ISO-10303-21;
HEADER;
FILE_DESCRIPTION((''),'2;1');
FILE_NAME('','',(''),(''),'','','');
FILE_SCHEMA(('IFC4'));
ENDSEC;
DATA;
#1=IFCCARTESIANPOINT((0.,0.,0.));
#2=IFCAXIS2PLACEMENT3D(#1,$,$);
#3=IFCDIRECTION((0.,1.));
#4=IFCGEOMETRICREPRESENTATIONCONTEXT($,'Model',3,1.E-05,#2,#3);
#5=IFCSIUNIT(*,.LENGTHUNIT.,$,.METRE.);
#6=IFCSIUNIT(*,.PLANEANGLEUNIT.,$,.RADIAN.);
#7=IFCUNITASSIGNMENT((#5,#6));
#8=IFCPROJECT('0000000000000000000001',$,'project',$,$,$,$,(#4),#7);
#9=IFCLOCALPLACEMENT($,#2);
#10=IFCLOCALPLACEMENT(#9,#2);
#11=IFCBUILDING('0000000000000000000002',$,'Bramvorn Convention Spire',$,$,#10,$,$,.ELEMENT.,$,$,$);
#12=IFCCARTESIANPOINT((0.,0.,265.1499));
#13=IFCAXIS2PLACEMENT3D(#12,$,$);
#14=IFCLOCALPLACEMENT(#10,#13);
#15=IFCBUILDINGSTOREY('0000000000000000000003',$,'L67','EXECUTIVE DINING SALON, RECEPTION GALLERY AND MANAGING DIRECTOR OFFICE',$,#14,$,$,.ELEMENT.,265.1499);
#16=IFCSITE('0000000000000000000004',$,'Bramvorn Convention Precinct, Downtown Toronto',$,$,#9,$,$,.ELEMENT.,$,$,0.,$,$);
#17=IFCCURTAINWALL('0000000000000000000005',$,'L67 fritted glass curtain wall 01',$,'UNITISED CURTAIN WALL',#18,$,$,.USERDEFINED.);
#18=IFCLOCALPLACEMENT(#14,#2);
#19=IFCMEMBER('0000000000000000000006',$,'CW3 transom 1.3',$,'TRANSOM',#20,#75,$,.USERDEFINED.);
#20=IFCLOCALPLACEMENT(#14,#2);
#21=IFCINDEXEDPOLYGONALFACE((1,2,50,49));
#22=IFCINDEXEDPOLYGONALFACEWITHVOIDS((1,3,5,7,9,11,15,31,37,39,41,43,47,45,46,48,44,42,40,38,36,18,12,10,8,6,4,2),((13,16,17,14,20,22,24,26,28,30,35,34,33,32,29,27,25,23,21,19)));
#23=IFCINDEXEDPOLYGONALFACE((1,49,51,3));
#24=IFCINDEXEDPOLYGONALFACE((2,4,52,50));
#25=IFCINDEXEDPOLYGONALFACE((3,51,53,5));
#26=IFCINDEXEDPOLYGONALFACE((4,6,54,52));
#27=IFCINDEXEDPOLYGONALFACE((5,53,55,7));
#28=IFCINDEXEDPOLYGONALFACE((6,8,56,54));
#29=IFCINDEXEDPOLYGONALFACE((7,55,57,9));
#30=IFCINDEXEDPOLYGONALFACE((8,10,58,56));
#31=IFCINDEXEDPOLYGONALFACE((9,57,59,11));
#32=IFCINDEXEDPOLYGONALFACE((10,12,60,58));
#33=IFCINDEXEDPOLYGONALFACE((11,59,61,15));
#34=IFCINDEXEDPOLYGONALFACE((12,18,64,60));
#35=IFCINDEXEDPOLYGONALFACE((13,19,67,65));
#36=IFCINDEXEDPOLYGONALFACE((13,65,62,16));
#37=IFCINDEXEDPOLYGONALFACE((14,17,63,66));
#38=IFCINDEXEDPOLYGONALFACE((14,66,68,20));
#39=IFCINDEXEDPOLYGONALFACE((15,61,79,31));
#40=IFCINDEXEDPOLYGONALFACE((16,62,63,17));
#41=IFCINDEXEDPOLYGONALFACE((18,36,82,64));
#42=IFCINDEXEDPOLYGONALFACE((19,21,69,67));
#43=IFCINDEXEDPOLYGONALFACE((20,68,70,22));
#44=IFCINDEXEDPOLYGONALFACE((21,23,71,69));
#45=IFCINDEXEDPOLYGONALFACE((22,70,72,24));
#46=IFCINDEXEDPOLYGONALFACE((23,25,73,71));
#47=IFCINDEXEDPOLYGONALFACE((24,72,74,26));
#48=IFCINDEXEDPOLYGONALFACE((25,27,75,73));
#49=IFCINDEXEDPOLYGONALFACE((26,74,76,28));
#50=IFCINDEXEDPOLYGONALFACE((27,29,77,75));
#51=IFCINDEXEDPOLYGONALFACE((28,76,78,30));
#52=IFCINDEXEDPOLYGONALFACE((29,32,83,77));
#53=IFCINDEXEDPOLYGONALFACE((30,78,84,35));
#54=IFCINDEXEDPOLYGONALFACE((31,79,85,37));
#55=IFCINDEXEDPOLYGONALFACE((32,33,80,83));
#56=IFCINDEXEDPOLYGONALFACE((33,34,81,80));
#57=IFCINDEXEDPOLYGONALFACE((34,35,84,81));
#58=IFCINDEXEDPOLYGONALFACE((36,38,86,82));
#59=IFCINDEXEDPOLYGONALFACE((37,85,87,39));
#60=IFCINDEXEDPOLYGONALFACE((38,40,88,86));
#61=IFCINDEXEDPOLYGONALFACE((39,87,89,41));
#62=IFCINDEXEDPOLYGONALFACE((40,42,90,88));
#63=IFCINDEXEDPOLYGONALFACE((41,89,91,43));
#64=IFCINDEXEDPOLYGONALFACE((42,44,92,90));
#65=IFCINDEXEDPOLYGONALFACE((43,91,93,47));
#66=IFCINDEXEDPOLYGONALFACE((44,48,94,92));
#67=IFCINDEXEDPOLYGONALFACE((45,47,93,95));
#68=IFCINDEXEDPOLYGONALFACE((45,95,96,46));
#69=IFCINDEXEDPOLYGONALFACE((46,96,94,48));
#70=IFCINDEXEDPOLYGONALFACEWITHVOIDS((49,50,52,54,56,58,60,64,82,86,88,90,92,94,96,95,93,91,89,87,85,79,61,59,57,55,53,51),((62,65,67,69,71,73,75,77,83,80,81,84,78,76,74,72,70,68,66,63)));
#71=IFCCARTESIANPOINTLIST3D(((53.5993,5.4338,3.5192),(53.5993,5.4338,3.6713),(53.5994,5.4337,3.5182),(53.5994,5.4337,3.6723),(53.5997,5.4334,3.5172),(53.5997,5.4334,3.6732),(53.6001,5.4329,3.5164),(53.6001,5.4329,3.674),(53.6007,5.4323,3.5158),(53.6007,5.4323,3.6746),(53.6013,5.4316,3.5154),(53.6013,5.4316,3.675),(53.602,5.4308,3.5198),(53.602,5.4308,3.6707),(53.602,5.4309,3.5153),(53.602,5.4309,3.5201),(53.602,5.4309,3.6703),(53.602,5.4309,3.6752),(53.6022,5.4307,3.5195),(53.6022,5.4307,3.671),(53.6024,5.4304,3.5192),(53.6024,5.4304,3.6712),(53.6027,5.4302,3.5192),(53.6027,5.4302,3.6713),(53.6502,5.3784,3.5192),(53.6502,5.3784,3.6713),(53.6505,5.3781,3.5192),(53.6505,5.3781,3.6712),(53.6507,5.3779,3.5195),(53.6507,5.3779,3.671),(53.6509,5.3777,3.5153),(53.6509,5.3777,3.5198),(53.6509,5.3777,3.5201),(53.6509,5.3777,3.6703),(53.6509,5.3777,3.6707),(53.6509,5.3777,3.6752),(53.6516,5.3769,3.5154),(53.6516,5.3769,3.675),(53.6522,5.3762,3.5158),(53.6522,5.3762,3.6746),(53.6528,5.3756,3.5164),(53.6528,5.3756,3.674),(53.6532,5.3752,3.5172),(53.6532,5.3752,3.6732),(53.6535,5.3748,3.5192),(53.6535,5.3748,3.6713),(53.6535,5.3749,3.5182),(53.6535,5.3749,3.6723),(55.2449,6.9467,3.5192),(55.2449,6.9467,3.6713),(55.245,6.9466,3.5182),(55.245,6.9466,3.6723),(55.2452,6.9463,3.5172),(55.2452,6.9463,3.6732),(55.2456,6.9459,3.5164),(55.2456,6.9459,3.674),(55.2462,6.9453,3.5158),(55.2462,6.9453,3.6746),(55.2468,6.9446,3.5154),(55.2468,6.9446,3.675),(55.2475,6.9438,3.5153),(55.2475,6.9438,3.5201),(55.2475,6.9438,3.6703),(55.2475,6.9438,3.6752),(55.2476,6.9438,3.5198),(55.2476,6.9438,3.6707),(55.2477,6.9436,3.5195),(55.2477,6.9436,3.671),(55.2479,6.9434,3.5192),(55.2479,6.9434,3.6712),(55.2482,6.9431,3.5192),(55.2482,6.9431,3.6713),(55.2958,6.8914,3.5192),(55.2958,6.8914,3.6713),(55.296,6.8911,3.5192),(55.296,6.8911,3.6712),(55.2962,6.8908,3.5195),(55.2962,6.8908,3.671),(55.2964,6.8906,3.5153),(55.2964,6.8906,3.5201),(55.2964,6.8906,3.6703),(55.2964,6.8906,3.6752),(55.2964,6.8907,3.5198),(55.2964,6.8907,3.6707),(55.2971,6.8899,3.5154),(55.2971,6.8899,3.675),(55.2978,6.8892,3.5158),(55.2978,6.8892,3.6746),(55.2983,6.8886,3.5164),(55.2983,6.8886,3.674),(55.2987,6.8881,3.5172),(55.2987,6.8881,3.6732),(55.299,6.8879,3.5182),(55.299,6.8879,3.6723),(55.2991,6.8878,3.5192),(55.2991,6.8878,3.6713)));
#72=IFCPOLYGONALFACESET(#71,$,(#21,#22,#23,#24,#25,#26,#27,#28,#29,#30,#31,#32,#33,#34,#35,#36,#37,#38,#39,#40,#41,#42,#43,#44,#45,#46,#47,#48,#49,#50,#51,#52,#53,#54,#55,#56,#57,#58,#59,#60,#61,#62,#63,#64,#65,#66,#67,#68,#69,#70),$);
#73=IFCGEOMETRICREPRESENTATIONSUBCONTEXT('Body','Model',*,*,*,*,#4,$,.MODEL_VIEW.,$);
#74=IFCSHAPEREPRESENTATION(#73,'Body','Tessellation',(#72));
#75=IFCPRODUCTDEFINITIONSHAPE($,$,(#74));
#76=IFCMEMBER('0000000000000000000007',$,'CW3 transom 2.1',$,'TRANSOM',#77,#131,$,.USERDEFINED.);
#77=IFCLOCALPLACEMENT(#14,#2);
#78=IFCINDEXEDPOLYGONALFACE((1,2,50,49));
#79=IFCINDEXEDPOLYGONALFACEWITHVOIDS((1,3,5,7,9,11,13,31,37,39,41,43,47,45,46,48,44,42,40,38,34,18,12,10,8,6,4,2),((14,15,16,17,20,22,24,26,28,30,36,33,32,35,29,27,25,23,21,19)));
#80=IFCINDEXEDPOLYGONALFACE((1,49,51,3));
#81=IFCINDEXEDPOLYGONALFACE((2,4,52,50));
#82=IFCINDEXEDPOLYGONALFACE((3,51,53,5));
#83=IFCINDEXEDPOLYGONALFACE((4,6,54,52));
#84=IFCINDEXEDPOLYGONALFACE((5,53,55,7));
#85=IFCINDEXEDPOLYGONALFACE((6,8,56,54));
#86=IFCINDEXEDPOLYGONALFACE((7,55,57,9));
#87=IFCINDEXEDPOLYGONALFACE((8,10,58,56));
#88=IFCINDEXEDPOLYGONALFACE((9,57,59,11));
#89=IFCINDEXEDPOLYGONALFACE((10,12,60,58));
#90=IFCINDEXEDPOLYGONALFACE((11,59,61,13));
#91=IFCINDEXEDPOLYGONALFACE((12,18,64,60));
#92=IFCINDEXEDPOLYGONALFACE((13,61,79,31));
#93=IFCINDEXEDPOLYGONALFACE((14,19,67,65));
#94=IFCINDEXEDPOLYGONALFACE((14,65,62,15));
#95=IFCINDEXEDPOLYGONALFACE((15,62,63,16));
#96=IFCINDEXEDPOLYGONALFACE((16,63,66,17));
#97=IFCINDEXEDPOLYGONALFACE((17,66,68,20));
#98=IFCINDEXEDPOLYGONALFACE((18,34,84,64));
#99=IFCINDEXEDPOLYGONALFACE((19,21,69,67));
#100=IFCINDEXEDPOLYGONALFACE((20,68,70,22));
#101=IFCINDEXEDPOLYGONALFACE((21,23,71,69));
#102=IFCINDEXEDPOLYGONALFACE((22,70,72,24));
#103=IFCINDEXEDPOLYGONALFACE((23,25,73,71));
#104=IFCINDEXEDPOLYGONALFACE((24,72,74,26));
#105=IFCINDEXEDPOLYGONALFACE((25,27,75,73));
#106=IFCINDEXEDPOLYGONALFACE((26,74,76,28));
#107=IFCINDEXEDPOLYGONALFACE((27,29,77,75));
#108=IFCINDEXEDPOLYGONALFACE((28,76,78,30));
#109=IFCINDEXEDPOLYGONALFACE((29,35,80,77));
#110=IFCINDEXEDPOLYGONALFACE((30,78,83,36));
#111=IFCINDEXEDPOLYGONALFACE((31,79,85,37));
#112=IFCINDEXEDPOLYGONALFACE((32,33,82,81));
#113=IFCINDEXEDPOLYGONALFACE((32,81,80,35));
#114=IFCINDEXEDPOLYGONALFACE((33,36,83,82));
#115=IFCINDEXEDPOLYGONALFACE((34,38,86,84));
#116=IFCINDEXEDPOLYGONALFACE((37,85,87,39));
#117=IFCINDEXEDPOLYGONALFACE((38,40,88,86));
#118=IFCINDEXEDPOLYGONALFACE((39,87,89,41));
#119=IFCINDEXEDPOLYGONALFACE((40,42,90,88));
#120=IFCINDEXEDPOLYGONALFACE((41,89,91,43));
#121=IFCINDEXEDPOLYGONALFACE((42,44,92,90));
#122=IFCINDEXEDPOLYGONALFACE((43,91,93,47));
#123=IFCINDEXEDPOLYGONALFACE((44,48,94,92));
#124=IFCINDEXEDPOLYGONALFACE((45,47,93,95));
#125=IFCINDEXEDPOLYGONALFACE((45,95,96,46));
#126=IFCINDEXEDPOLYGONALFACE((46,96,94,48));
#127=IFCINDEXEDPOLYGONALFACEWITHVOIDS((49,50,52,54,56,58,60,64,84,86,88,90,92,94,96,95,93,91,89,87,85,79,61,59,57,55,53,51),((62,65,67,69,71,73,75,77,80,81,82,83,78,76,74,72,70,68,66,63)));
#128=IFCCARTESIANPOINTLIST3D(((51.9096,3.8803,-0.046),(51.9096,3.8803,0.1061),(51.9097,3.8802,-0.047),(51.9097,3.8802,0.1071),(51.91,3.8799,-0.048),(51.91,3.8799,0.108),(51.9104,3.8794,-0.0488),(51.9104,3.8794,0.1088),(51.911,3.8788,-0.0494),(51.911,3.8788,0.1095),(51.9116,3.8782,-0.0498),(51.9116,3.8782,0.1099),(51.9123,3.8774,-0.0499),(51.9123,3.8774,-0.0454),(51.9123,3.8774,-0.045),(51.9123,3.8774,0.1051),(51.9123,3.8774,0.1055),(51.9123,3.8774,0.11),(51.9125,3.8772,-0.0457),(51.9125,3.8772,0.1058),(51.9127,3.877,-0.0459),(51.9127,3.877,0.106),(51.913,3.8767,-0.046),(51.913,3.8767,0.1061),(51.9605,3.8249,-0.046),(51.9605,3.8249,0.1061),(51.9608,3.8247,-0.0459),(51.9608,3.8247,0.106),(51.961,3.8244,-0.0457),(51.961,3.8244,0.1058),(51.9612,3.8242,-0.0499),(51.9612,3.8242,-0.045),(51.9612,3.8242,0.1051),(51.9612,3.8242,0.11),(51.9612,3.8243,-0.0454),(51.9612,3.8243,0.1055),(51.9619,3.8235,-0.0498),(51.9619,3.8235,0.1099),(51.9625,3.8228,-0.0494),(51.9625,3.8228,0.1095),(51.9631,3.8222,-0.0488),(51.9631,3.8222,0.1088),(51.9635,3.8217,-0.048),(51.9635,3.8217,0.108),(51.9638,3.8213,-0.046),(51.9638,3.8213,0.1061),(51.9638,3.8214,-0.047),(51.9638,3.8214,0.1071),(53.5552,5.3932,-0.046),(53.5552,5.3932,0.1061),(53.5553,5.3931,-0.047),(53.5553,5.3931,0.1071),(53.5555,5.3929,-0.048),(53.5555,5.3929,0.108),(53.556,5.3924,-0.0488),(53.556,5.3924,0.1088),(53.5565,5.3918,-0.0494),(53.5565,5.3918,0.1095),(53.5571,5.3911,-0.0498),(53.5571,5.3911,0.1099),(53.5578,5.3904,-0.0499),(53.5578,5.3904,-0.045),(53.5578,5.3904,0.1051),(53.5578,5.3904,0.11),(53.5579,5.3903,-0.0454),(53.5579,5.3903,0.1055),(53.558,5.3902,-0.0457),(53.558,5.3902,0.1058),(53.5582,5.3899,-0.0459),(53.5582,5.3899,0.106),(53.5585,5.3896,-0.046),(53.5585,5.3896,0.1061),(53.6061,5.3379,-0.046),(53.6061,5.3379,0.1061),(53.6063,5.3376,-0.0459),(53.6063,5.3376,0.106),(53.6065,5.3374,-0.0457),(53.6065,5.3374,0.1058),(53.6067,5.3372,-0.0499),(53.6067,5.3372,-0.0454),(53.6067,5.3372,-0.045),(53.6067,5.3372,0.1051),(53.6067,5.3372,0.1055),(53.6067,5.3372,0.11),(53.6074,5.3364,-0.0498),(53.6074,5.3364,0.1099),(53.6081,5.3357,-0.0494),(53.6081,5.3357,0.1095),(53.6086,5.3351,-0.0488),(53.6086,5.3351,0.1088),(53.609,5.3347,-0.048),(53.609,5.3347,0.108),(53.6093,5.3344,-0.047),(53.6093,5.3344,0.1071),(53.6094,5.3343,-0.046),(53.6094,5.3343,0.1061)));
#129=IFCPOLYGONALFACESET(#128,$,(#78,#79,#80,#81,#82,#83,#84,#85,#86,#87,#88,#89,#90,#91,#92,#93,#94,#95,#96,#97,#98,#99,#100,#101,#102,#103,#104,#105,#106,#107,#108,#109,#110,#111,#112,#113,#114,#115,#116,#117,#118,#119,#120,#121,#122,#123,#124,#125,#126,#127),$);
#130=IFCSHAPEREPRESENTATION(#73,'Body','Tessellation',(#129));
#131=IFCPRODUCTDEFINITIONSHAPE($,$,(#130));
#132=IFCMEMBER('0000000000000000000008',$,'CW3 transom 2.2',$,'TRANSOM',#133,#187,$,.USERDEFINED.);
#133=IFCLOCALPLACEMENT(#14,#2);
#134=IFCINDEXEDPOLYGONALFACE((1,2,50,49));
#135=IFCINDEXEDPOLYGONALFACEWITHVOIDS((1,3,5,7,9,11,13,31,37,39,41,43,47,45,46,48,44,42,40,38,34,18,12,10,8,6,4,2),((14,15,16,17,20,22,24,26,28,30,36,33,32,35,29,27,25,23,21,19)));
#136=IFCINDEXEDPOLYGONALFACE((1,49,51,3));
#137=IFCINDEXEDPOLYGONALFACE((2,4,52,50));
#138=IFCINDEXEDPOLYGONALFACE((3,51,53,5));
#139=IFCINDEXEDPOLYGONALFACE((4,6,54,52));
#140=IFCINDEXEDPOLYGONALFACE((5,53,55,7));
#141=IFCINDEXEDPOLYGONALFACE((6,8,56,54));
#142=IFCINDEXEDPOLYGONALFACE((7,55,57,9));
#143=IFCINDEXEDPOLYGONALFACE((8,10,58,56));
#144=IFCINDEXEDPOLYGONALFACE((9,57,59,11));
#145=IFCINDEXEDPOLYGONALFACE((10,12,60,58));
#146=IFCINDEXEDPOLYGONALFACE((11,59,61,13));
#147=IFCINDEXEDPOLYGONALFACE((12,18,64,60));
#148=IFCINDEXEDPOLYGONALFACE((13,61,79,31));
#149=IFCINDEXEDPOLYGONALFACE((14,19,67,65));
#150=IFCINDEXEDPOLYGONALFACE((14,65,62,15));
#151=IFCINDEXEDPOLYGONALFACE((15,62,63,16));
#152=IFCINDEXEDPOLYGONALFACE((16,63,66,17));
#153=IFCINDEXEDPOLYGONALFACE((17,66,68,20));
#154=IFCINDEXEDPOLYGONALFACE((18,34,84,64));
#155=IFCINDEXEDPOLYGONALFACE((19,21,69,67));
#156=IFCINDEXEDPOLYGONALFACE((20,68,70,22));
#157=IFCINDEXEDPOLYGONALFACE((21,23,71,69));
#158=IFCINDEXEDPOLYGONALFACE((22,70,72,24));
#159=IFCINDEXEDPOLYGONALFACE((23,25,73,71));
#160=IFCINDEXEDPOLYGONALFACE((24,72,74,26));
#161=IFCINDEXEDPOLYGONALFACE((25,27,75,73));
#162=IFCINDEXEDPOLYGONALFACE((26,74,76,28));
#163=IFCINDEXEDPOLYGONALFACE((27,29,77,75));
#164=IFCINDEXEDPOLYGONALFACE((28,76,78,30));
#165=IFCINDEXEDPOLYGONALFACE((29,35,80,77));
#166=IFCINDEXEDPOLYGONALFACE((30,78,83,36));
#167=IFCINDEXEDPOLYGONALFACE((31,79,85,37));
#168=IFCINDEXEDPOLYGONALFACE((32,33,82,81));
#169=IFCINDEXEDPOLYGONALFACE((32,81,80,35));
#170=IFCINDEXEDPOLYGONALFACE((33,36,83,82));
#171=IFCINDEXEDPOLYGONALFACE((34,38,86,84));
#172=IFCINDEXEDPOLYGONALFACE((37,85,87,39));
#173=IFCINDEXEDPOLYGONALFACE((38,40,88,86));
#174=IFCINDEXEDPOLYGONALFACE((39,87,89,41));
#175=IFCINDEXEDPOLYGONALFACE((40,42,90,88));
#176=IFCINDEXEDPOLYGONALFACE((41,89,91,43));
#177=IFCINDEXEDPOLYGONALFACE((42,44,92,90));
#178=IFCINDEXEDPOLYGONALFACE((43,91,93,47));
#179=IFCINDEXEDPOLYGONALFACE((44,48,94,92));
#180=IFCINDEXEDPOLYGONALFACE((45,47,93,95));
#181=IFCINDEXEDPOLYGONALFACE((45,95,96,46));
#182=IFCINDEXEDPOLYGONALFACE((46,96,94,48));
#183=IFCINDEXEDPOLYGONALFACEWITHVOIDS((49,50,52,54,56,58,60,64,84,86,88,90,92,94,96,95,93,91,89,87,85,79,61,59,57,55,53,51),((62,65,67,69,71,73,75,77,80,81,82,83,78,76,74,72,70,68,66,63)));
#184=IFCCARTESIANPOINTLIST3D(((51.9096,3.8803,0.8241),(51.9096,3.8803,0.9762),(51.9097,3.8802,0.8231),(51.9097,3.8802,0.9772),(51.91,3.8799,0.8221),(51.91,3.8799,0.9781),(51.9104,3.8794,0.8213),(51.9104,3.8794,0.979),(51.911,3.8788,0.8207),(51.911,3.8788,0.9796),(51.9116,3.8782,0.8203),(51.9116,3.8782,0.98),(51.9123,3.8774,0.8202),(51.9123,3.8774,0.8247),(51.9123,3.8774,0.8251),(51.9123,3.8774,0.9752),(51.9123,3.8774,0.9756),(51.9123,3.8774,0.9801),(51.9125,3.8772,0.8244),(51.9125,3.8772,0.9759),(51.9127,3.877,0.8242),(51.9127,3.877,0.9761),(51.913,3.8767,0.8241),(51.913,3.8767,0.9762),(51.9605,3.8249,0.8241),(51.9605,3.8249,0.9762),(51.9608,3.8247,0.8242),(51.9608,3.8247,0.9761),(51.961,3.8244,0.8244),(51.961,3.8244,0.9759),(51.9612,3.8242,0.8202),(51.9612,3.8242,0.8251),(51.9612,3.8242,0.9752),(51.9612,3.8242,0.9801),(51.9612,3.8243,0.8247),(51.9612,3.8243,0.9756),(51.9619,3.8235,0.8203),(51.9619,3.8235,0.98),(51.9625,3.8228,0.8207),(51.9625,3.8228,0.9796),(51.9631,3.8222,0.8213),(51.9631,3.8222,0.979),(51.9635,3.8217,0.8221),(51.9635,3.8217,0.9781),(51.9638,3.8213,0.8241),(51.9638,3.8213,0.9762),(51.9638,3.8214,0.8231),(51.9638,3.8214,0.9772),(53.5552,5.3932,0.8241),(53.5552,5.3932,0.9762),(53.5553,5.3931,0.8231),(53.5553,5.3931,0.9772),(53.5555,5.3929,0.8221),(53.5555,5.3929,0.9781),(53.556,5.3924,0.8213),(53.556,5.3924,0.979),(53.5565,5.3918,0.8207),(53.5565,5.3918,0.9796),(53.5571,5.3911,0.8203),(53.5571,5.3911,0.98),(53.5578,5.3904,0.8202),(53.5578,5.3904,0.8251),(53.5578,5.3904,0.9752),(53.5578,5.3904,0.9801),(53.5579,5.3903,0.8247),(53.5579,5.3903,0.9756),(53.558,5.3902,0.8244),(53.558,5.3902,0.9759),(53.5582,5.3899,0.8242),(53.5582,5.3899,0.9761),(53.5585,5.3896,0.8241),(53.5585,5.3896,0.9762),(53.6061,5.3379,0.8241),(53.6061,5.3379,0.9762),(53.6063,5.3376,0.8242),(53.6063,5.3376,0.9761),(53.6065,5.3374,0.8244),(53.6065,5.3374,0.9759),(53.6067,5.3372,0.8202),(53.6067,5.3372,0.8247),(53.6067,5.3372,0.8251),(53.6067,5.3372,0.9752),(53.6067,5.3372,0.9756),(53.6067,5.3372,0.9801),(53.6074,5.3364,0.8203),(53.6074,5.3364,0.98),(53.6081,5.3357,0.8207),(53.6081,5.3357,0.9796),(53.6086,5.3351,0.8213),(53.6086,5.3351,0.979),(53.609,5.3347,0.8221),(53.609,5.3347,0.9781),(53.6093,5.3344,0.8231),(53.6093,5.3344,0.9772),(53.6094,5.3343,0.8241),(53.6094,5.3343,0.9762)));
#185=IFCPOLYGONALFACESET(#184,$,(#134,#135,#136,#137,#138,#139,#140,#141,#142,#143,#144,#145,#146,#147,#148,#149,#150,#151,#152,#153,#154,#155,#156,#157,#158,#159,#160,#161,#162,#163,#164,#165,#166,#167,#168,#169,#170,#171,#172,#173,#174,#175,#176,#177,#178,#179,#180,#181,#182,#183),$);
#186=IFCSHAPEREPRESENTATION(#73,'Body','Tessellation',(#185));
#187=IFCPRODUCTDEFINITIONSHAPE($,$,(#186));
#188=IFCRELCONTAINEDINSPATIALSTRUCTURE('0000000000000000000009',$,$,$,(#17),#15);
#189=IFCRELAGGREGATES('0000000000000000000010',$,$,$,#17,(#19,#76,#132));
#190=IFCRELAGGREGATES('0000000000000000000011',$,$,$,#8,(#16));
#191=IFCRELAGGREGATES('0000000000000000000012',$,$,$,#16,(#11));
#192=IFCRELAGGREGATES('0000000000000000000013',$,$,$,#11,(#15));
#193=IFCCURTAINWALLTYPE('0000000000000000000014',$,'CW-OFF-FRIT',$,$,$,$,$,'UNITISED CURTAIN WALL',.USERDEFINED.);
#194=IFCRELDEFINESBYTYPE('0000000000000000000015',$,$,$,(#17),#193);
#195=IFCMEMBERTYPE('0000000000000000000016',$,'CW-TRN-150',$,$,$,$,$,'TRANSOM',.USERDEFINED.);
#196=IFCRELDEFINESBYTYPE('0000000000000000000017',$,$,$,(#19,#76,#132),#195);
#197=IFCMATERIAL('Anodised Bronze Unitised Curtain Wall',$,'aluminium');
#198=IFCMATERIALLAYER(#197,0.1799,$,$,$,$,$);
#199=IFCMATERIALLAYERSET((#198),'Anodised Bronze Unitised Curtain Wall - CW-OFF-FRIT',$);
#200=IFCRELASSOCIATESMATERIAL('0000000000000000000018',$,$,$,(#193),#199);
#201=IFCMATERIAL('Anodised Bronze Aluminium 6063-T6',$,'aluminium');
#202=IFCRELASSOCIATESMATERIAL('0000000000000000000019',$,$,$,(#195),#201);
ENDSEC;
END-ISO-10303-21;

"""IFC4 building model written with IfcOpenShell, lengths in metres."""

from ifc_helpers import new_model, si_unit, direction, frame, origin, origin_2d, place, context, subcontext, project, spatial, hollow_rectangle, extrude, material, layer, layer_set, material_profile, profile_set, type_object, element, aggregate, save


model = new_model("IFC4")

# Units and contexts
model_context = context("Model", 3, precision=1e-05, world=origin(), true_north=direction((0.0, 1.0)))
body_context = subcontext(model_context, "Body", "Model", "MODEL_VIEW")
ifc_project = project(units=[si_unit("LENGTHUNIT", "METRE"), si_unit("PLANEANGLEUNIT", "RADIAN")], contexts=[model_context])

# Site, building, storey
site_placement = place(None, origin())
site = spatial("IfcSite", under=ifc_project, at=site_placement, Name="Bramvorn Convention Precinct, Downtown Toronto", CompositionType="ELEMENT", RefElevation=0.0)
building_placement = place(site_placement, origin())
building = spatial("IfcBuilding", under=site, at=building_placement, Name="Bramvorn Convention Spire", CompositionType="ELEMENT")
storey_placement = place(building_placement, frame((0.0, 0.0, 265.1499)))
storey = spatial("IfcBuildingStorey", under=building, at=storey_placement, Name="L67", Description="EXECUTIVE DINING SALON, RECEPTION GALLERY AND MANAGING DIRECTOR OFFICE", CompositionType="ELEMENT", Elevation=265.1499)

# Curtain wall
ifc_material_1 = material(Name="Anodised Bronze Unitised Curtain Wall", Category="aluminium")
ifc_layer_1 = layer(ifc_material_1, 0.1799)
ifc_layer_set_1 = layer_set([ifc_layer_1], Name="Anodised Bronze Unitised Curtain Wall - CW-OFF-FRIT")
curtain_wall_type = type_object("IfcCurtainWallType", Name="CW-OFF-FRIT", ElementType="UNITISED CURTAIN WALL", PredefinedType="USERDEFINED", material=ifc_layer_set_1)
curtain_wall_1_placement = place(storey_placement, origin())
curtain_wall_1 = element("IfcCurtainWall", 1, at=curtain_wall_1_placement, inside=storey, type_object=curtain_wall_type, Name="L67 fritted glass curtain wall 01", ObjectType="UNITISED CURTAIN WALL", PredefinedType="USERDEFINED")
ifc_material_2 = material(Name="Anodised Bronze Aluminium 6063-T6", Category="aluminium")

# Members
ifc_material_profile_1 = material_profile(ifc_material_2, hollow_rectangle(XDim=0.0801, YDim=0.1599, WallThickness=0.0039, InnerFilletRadius=0.001, OuterFilletRadius=0.0039, at=origin_2d()))
ifc_profile_set_1 = profile_set([ifc_material_profile_1], Name="Anodised Bronze Aluminium 6063-T6 - CWT80X160")
member_type_1 = type_object("IfcMemberType", Name="CW-TRN-150", ElementType="TRANSOM", PredefinedType="USERDEFINED", material=ifc_profile_set_1)
member_1_placement = place(storey_placement, frame((55.272, 6.9172, 3.5952), z_axis=(-0.736138, -0.676832, 0.0), x_axis=(0.676832, -0.736138, 0.0)))
member_1 = element("IfcMember", 2, at=member_1_placement, type_object=member_type_1, Name="CW3 transom 1.3", ObjectType="TRANSOM", PredefinedType="USERDEFINED", context=body_context, shape_type="SweptSolid", body=[
    extrude(hollow_rectangle(XDim=0.0801, YDim=0.1599, WallThickness=0.0039, InnerFilletRadius=0.001, OuterFilletRadius=0.0039, at=origin_2d()), origin(), (0.0, 0.0, 1.0), 2.2354),
])
member_2_placement = place(storey_placement, frame((53.5823, 5.3638, 0.03), z_axis=(-0.736138, -0.676832, 0.0), x_axis=(0.676832, -0.736138, 0.0)))
member_2 = element("IfcMember", 3, at=member_2_placement, type_object=member_type_1, Name="CW3 transom 2.1", ObjectType="TRANSOM", PredefinedType="USERDEFINED", context=body_context, shape_type="SweptSolid", body=[
    extrude(hollow_rectangle(XDim=0.0801, YDim=0.1599, WallThickness=0.0039, InnerFilletRadius=0.001, OuterFilletRadius=0.0039, at=origin_2d()), origin(), (0.0, 0.0, 1.0), 2.2354),
])
member_3_placement = place(storey_placement, frame((53.5823, 5.3638, 0.9001), z_axis=(-0.736138, -0.676832, 0.0), x_axis=(0.676832, -0.736138, 0.0)))
member_3 = element("IfcMember", 4, at=member_3_placement, type_object=member_type_1, Name="CW3 transom 2.2", ObjectType="TRANSOM", PredefinedType="USERDEFINED", context=body_context, shape_type="SweptSolid", body=[
    extrude(hollow_rectangle(XDim=0.0801, YDim=0.1599, WallThickness=0.0039, InnerFilletRadius=0.001, OuterFilletRadius=0.0039, at=origin_2d()), origin(), (0.0, 0.0, 1.0), 2.2354),
])

aggregate(curtain_wall_1, [member_1, member_2, member_3])

save(model, "model.ifc")
